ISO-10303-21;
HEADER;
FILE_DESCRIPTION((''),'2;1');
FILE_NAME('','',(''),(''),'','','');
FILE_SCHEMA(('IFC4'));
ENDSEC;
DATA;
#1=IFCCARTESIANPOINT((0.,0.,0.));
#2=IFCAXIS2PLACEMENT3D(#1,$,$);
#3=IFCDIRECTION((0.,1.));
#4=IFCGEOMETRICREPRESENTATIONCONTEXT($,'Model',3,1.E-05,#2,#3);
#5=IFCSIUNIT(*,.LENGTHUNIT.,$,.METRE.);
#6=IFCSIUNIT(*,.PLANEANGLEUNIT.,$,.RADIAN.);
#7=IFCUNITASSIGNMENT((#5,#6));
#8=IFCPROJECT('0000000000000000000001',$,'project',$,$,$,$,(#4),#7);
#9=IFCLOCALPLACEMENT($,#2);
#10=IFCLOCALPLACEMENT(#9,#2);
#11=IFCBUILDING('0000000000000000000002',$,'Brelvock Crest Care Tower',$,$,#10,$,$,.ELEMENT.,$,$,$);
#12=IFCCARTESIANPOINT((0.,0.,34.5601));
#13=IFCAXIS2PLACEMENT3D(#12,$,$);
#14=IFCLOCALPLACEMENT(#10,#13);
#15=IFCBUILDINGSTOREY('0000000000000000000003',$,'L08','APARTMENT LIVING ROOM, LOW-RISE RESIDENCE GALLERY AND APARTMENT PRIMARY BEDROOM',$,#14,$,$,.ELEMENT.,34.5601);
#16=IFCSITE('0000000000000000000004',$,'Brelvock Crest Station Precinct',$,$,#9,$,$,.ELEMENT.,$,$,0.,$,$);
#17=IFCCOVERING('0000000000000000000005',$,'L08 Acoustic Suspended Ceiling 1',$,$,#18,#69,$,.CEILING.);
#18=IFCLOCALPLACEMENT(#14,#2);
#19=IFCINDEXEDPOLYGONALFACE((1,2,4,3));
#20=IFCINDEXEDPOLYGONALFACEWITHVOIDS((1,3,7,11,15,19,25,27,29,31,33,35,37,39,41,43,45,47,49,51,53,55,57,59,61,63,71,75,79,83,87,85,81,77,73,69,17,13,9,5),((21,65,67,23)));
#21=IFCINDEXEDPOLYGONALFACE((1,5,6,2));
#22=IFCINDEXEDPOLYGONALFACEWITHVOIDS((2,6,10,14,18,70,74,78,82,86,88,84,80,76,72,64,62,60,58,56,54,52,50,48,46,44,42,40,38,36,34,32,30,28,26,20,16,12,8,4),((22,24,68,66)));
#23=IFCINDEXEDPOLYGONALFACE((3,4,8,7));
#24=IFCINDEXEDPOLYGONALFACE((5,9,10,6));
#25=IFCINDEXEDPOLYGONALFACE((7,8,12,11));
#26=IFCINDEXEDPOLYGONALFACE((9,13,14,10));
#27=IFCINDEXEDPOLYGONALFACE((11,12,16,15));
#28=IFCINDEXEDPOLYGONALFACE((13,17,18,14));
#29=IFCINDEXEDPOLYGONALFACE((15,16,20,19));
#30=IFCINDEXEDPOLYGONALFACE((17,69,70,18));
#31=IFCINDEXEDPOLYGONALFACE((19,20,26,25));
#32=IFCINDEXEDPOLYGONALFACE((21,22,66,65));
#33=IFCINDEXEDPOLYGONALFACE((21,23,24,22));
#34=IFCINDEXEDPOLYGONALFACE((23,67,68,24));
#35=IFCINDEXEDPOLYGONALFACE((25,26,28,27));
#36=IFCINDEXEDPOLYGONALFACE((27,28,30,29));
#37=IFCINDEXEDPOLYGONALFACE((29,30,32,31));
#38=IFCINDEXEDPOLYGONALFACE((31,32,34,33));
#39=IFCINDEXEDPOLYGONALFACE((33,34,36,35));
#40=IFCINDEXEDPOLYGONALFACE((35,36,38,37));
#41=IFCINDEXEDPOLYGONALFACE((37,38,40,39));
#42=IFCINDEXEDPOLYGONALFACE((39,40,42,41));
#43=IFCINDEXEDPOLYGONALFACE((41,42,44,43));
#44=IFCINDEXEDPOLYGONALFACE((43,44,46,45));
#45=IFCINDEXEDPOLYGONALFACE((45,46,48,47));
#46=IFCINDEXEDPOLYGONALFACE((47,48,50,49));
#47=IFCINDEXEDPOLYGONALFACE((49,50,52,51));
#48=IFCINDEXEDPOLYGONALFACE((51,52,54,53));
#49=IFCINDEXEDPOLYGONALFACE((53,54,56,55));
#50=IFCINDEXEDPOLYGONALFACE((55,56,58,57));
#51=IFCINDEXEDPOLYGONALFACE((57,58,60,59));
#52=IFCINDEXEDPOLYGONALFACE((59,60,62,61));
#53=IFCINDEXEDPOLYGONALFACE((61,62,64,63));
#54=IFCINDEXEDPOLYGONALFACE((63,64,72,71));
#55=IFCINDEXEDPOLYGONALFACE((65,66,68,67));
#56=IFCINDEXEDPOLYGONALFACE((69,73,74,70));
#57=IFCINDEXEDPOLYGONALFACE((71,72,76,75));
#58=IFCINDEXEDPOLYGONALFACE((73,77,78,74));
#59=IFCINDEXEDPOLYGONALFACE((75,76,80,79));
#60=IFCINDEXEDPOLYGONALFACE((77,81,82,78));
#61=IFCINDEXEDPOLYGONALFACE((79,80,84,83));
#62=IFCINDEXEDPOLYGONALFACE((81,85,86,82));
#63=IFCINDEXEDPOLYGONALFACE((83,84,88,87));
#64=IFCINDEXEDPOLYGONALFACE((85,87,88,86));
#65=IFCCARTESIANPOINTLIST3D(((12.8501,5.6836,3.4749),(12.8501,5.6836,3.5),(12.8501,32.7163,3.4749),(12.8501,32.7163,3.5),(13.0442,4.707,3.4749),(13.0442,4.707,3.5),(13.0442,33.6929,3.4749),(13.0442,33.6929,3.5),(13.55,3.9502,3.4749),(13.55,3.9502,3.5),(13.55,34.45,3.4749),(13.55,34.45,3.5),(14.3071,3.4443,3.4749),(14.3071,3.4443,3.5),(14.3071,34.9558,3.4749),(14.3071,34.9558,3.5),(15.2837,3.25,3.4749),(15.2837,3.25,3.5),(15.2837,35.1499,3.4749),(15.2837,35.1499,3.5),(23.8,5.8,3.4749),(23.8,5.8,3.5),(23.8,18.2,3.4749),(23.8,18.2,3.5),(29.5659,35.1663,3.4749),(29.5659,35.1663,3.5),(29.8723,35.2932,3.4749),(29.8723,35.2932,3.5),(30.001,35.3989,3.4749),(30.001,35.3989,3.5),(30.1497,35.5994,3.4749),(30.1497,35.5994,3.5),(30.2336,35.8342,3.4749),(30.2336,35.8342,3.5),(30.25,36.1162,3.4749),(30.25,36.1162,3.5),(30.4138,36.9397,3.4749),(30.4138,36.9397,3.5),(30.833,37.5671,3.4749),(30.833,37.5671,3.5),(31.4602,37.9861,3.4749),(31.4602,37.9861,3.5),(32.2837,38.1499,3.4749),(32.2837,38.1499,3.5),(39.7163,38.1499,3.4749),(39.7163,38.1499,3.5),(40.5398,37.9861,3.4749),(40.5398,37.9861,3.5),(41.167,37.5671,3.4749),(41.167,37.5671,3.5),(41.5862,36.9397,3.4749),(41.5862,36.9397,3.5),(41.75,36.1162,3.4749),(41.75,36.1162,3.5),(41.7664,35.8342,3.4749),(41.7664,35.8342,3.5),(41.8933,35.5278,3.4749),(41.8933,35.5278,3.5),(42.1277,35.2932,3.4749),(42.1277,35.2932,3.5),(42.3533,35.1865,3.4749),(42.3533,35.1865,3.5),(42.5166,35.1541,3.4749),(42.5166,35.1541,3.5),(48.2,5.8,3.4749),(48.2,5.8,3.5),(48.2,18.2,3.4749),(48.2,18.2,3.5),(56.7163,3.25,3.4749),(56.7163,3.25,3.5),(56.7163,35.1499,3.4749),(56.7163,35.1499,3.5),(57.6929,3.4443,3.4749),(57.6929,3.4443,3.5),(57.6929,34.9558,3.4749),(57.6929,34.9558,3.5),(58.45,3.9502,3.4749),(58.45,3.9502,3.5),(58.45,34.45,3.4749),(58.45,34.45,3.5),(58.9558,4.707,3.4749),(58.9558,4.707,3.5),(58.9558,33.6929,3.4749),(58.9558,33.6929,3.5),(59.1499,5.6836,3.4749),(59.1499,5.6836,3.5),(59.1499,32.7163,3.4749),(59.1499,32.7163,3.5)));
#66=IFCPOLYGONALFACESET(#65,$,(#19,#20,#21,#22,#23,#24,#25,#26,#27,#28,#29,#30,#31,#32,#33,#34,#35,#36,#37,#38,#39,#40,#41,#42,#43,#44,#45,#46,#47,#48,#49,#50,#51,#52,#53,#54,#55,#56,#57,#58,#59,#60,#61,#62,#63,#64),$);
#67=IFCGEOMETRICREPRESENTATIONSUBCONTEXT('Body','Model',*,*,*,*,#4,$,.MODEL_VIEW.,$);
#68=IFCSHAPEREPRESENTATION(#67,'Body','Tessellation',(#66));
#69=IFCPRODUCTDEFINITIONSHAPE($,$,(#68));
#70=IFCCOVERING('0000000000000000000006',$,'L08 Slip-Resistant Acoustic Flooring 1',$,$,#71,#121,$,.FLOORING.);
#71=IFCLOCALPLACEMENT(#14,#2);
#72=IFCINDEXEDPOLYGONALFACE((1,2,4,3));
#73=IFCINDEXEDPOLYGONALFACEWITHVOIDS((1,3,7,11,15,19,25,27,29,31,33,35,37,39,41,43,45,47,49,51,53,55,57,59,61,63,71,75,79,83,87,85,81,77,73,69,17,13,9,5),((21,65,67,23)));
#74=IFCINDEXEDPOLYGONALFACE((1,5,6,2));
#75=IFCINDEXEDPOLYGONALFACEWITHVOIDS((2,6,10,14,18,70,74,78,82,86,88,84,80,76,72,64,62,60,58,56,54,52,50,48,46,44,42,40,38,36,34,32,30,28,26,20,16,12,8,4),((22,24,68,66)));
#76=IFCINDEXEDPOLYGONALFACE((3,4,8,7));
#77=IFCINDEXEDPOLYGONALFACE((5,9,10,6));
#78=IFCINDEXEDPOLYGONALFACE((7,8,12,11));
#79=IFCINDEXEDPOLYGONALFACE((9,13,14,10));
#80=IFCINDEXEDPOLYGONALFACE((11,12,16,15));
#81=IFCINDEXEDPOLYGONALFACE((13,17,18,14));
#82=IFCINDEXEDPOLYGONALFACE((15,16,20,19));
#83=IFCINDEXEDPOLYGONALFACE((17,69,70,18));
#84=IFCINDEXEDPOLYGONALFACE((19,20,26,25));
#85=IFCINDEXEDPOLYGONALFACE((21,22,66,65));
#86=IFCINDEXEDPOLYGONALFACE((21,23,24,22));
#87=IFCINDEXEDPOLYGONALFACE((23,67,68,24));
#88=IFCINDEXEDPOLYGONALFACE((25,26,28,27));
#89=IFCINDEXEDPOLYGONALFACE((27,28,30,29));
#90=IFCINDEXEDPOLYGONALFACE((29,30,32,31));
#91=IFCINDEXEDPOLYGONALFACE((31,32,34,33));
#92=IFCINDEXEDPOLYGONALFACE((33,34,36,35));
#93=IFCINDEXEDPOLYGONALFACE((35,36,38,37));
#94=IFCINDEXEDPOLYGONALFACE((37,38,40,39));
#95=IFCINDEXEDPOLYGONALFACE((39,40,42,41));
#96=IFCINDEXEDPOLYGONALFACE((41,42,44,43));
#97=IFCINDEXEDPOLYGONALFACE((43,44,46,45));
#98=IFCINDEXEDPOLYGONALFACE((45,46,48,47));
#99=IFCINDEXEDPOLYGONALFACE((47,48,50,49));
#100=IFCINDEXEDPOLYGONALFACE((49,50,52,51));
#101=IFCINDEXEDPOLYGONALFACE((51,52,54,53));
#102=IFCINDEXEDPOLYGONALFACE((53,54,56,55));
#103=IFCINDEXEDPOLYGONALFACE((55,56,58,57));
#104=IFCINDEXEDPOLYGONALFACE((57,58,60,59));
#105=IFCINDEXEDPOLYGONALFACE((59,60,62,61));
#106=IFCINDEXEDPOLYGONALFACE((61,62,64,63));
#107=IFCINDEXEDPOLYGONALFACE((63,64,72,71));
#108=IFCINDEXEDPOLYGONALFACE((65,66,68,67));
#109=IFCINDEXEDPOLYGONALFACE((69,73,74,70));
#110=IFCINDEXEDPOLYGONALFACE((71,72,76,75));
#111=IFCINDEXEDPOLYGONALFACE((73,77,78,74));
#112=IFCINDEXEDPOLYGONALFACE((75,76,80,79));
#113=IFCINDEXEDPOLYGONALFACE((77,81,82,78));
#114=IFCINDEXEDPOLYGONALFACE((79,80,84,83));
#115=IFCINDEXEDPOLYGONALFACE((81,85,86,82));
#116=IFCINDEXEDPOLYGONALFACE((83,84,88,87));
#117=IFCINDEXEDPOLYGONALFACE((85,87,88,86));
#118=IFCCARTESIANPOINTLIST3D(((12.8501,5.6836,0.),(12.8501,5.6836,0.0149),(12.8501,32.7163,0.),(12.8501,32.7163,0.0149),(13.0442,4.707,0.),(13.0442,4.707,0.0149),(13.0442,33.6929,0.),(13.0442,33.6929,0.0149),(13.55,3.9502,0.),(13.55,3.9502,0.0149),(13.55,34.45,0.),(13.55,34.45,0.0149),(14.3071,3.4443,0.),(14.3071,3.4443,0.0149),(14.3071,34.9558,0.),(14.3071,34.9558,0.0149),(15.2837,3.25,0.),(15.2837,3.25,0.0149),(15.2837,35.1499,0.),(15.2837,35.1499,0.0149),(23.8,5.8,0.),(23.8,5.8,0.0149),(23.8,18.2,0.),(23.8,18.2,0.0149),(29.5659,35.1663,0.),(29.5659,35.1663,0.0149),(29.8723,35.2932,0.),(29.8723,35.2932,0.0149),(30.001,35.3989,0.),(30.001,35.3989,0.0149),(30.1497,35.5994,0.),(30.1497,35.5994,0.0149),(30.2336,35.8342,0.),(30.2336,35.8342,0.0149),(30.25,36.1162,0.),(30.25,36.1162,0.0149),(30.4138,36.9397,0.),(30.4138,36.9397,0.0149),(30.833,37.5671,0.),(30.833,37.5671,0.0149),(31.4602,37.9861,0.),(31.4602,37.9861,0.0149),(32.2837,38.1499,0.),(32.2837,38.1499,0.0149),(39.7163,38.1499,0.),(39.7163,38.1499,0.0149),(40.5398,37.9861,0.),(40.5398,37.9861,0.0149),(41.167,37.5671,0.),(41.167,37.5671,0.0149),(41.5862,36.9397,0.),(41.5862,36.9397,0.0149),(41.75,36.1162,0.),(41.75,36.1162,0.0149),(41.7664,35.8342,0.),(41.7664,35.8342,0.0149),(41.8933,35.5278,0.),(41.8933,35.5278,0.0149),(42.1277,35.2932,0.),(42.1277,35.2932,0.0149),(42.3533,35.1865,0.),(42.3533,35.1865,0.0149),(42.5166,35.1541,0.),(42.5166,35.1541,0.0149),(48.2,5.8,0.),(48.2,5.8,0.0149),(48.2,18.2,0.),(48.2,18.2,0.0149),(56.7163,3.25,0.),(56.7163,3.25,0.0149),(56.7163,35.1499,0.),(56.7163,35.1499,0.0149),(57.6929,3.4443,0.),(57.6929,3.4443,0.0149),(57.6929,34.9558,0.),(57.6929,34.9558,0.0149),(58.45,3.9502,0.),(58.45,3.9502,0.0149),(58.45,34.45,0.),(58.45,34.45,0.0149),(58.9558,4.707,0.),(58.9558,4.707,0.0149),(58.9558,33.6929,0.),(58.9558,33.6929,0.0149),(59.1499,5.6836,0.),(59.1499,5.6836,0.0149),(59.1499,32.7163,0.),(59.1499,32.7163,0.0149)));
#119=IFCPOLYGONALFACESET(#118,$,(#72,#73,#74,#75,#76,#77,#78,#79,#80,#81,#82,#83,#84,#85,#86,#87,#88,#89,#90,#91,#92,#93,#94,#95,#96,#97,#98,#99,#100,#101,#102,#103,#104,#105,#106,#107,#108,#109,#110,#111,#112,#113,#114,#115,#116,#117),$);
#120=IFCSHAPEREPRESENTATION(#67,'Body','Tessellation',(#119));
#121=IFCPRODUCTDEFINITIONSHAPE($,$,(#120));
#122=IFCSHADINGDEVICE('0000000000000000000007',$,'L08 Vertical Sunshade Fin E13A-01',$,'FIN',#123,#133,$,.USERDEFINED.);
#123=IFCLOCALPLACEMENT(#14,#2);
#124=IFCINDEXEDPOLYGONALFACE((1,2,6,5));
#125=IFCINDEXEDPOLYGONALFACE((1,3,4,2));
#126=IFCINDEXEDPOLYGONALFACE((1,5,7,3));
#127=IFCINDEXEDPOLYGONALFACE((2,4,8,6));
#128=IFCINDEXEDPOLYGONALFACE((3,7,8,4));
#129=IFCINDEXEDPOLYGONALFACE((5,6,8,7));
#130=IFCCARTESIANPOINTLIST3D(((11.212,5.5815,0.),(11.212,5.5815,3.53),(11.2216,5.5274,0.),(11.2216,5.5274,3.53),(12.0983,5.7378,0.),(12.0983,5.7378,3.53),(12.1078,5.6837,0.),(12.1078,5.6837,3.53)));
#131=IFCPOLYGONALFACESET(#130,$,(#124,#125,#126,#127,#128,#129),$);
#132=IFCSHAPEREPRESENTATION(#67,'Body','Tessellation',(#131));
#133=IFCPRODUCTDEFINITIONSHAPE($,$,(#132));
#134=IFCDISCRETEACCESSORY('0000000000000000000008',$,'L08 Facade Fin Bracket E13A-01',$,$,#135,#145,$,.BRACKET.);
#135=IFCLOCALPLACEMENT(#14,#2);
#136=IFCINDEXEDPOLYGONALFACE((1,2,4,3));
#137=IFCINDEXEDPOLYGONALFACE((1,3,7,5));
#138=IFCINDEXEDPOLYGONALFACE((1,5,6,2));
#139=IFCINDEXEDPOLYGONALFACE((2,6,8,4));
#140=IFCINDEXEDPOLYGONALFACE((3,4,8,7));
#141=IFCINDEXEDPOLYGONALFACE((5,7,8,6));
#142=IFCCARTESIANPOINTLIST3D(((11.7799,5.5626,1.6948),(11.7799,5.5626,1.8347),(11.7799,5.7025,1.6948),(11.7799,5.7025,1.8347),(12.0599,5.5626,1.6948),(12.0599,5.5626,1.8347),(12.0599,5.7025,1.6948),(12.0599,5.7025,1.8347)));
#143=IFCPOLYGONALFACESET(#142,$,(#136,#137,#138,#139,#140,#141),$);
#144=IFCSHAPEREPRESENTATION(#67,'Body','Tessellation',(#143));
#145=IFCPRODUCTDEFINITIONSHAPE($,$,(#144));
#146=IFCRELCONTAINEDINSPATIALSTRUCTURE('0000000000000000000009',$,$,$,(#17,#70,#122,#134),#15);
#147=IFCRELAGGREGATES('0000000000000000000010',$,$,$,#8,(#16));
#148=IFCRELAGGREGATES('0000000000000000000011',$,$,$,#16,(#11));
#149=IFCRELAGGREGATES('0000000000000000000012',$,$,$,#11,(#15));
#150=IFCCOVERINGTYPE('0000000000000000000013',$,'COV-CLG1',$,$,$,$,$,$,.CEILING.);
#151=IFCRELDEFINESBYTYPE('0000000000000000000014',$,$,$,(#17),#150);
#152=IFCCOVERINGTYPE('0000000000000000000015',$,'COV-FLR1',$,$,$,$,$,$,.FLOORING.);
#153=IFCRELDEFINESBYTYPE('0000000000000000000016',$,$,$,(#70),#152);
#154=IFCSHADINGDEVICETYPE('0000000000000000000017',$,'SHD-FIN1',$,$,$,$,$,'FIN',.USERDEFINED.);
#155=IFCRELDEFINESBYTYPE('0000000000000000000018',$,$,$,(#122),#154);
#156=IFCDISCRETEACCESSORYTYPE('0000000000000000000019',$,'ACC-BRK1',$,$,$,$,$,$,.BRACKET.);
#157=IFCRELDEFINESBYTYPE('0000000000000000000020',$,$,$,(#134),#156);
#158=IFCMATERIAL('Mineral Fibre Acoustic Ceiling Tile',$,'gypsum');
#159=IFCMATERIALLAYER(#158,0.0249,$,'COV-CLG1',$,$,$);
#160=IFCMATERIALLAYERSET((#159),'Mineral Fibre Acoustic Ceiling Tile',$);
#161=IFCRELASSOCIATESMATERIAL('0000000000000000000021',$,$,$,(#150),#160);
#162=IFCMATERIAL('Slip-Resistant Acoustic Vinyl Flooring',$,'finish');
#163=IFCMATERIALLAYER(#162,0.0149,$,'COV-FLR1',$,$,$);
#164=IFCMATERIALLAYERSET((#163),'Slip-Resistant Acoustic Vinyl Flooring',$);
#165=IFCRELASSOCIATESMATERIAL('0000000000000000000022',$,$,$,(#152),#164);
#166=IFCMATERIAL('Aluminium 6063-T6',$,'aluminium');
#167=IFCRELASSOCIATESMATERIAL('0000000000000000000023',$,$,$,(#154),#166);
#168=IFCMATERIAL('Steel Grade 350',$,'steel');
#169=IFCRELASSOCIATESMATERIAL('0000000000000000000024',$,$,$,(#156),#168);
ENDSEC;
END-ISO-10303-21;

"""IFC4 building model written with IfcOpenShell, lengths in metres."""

from ifc_helpers import new_model, si_unit, direction, frame, origin, origin_2d, place, context, subcontext, project, spatial, polyline, rectangle, outline, extrude, source, transform, mapped, material, layer, layer_set, material_profile, profile_set, type_object, element, save


model = new_model("IFC4")

# Units and contexts
model_context = context("Model", 3, precision=1e-05, world=origin(), true_north=direction((0.0, 1.0)))
body_context = subcontext(model_context, "Body", "Model", "MODEL_VIEW")
ifc_project = project(units=[si_unit("LENGTHUNIT", "METRE"), si_unit("PLANEANGLEUNIT", "RADIAN")], contexts=[model_context])

# Site, building, storey
site_placement = place(None, origin())
site = spatial("IfcSite", under=ifc_project, at=site_placement, Name="Brelvock Crest Station Precinct", CompositionType="ELEMENT", RefElevation=0.0)
building_placement = place(site_placement, origin())
building = spatial("IfcBuilding", under=site, at=building_placement, Name="Brelvock Crest Care Tower", CompositionType="ELEMENT")
storey_placement = place(building_placement, frame((0.0, 0.0, 34.5601)))
storey = spatial("IfcBuildingStorey", under=building, at=storey_placement, Name="L08", Description="APARTMENT LIVING ROOM, LOW-RISE RESIDENCE GALLERY AND APARTMENT PRIMARY BEDROOM", CompositionType="ELEMENT", Elevation=34.5601)

# Shared definitions
ifc_material_1 = material(Name="Aluminium 6063-T6", Category="aluminium")

# Coverings
ifc_material_2 = material(Name="Mineral Fibre Acoustic Ceiling Tile", Category="gypsum")
ifc_layer_1 = layer(ifc_material_2, 0.0249, Name="COV-CLG1")
ifc_layer_set_1 = layer_set([ifc_layer_1], Name="Mineral Fibre Acoustic Ceiling Tile")
covering_type_1 = type_object("IfcCoveringType", Name="COV-CLG1", PredefinedType="CEILING", material=ifc_layer_set_1)
covering_1_placement = place(storey_placement, frame((0.0, 0.0, 3.4749)))
element("IfcCovering", 1, at=covering_1_placement, inside=storey, type_object=covering_type_1, Name="L08 Acoustic Suspended Ceiling 1", PredefinedType="CEILING", context=body_context, shape_type="SweptSolid", body=[
    extrude(outline(polyline([(56.7163, 35.1499), (42.5166, 35.1541), (42.3533, 35.1865), (42.1277, 35.2932), (41.8933, 35.5278), (41.7664, 35.8342), (41.75, 36.1162), (41.5862, 36.9397), (41.167, 37.5671), (40.5398, 37.9861), (39.7163, 38.1499), (32.2837, 38.1499), (31.4602, 37.9861), (30.833, 37.5671), (30.4138, 36.9397), (30.25, 36.1162), (30.2336, 35.8342), (30.1497, 35.5994), (30.001, 35.3989), (29.8723, 35.2932), (29.5659, 35.1663), (15.2837, 35.1499), (14.3071, 34.9558), (13.55, 34.45), (13.0442, 33.6929), (12.8501, 32.7163), (12.8501, 5.6836), (13.0442, 4.707), (13.55, 3.9502), (14.3071, 3.4443), (15.2837, 3.25), (56.7163, 3.25), (57.6929, 3.4443), (58.45, 3.9502), (58.9558, 4.707), (59.1499, 5.6836), (59.1499, 32.7163), (58.9558, 33.6929), (58.45, 34.45), (57.6929, 34.9558), (56.7163, 35.1499)]), holes=[polyline([(48.2, 5.8), (48.2, 18.2), (23.8, 18.2), (23.8, 5.8), (48.2, 5.8)])]), origin(), (0.0, 0.0, 1.0), 0.0251),
])
ifc_material_3 = material(Name="Slip-Resistant Acoustic Vinyl Flooring", Category="finish")
ifc_layer_2 = layer(ifc_material_3, 0.0149, Name="COV-FLR1")
ifc_layer_set_2 = layer_set([ifc_layer_2], Name="Slip-Resistant Acoustic Vinyl Flooring")
covering_type_2 = type_object("IfcCoveringType", Name="COV-FLR1", PredefinedType="FLOORING", material=ifc_layer_set_2)
covering_2_placement = place(storey_placement, origin())
element("IfcCovering", 2, at=covering_2_placement, inside=storey, type_object=covering_type_2, Name="L08 Slip-Resistant Acoustic Flooring 1", PredefinedType="FLOORING", context=body_context, shape_type="SweptSolid", body=[
    extrude(outline(polyline([(56.7163, 35.1499), (42.5166, 35.1541), (42.3533, 35.1865), (42.1277, 35.2932), (41.8933, 35.5278), (41.7664, 35.8342), (41.75, 36.1162), (41.5862, 36.9397), (41.167, 37.5671), (40.5398, 37.9861), (39.7163, 38.1499), (32.2837, 38.1499), (31.4602, 37.9861), (30.833, 37.5671), (30.4138, 36.9397), (30.25, 36.1162), (30.2336, 35.8342), (30.1497, 35.5994), (30.001, 35.3989), (29.8723, 35.2932), (29.5659, 35.1663), (15.2837, 35.1499), (14.3071, 34.9558), (13.55, 34.45), (13.0442, 33.6929), (12.8501, 32.7163), (12.8501, 5.6836), (13.0442, 4.707), (13.55, 3.9502), (14.3071, 3.4443), (15.2837, 3.25), (56.7163, 3.25), (57.6929, 3.4443), (58.45, 3.9502), (58.9558, 4.707), (59.1499, 5.6836), (59.1499, 32.7163), (58.9558, 33.6929), (58.45, 34.45), (57.6929, 34.9558), (56.7163, 35.1499)]), holes=[polyline([(48.2, 5.8), (48.2, 18.2), (23.8, 18.2), (23.8, 5.8), (48.2, 5.8)])]), origin(), (0.0, 0.0, 1.0), 0.0149),
])

# Shading device
ifc_material_profile_1 = material_profile(ifc_material_1, rectangle(XDim=0.0549, YDim=0.8999, at=origin_2d()), Name="FIN55x900")
ifc_profile_set_1 = profile_set([ifc_material_profile_1], Name="Aluminium 6063-T6")
shading_device_type = type_object("IfcShadingDeviceType", Name="SHD-FIN1", ElementType="FIN", PredefinedType="USERDEFINED", material=ifc_profile_set_1)
shared_shape_1 = source(origin(), body_context, "Body", "SweptSolid", [
    extrude(rectangle(XDim=0.0549, YDim=0.8999, at=origin_2d()), origin(), (0.0, 0.0, 1.0), 3.53),
])
shading_device_placement = place(storey_placement, frame((11.6599, 5.6326, 0.0), z_axis=(0.0, 0.0, 1.0), x_axis=(-0.173648, 0.984808, 0.0)))
element("IfcShadingDevice", 3, at=shading_device_placement, inside=storey, type_object=shading_device_type, Name="L08 Vertical Sunshade Fin E13A-01", ObjectType="FIN", PredefinedType="USERDEFINED", context=body_context, shape_type="MappedRepresentation", body=[
    mapped(shared_shape_1, transform((0.0, 0.0, 0.0), x_axis=(1.0, 0.0, 0.0), y_axis=(0.0, 1.0, 0.0), z_axis=(0.0, 0.0, 1.0), scale=1.0)),
])

# Discrete accessory
ifc_material_4 = material(Name="Steel Grade 350", Category="steel")
discrete_accessory_type = type_object("IfcDiscreteAccessoryType", Name="ACC-BRK1", PredefinedType="BRACKET", material=ifc_material_4)
shared_shape_2 = source(origin(), body_context, "Body", "SweptSolid", [
    extrude(rectangle(XDim=0.28, YDim=0.1399, at=origin_2d()), origin(), (0.0, 0.0, 1.0), 0.1399),
])
discrete_accessory_placement = place(storey_placement, frame((11.9199, 5.6326, 1.6948), z_axis=(0.0, 0.0, 1.0), x_axis=(-1.0, 0.0, 0.0)))
element("IfcDiscreteAccessory", 4, at=discrete_accessory_placement, inside=storey, type_object=discrete_accessory_type, Name="L08 Facade Fin Bracket E13A-01", PredefinedType="BRACKET", context=body_context, shape_type="MappedRepresentation", body=[
    mapped(shared_shape_2, transform((0.0, 0.0, 0.0), x_axis=(1.0, 0.0, 0.0), y_axis=(0.0, 1.0, 0.0), z_axis=(0.0, 0.0, 1.0), scale=1.0)),
])

save(model, "model.ifc")
